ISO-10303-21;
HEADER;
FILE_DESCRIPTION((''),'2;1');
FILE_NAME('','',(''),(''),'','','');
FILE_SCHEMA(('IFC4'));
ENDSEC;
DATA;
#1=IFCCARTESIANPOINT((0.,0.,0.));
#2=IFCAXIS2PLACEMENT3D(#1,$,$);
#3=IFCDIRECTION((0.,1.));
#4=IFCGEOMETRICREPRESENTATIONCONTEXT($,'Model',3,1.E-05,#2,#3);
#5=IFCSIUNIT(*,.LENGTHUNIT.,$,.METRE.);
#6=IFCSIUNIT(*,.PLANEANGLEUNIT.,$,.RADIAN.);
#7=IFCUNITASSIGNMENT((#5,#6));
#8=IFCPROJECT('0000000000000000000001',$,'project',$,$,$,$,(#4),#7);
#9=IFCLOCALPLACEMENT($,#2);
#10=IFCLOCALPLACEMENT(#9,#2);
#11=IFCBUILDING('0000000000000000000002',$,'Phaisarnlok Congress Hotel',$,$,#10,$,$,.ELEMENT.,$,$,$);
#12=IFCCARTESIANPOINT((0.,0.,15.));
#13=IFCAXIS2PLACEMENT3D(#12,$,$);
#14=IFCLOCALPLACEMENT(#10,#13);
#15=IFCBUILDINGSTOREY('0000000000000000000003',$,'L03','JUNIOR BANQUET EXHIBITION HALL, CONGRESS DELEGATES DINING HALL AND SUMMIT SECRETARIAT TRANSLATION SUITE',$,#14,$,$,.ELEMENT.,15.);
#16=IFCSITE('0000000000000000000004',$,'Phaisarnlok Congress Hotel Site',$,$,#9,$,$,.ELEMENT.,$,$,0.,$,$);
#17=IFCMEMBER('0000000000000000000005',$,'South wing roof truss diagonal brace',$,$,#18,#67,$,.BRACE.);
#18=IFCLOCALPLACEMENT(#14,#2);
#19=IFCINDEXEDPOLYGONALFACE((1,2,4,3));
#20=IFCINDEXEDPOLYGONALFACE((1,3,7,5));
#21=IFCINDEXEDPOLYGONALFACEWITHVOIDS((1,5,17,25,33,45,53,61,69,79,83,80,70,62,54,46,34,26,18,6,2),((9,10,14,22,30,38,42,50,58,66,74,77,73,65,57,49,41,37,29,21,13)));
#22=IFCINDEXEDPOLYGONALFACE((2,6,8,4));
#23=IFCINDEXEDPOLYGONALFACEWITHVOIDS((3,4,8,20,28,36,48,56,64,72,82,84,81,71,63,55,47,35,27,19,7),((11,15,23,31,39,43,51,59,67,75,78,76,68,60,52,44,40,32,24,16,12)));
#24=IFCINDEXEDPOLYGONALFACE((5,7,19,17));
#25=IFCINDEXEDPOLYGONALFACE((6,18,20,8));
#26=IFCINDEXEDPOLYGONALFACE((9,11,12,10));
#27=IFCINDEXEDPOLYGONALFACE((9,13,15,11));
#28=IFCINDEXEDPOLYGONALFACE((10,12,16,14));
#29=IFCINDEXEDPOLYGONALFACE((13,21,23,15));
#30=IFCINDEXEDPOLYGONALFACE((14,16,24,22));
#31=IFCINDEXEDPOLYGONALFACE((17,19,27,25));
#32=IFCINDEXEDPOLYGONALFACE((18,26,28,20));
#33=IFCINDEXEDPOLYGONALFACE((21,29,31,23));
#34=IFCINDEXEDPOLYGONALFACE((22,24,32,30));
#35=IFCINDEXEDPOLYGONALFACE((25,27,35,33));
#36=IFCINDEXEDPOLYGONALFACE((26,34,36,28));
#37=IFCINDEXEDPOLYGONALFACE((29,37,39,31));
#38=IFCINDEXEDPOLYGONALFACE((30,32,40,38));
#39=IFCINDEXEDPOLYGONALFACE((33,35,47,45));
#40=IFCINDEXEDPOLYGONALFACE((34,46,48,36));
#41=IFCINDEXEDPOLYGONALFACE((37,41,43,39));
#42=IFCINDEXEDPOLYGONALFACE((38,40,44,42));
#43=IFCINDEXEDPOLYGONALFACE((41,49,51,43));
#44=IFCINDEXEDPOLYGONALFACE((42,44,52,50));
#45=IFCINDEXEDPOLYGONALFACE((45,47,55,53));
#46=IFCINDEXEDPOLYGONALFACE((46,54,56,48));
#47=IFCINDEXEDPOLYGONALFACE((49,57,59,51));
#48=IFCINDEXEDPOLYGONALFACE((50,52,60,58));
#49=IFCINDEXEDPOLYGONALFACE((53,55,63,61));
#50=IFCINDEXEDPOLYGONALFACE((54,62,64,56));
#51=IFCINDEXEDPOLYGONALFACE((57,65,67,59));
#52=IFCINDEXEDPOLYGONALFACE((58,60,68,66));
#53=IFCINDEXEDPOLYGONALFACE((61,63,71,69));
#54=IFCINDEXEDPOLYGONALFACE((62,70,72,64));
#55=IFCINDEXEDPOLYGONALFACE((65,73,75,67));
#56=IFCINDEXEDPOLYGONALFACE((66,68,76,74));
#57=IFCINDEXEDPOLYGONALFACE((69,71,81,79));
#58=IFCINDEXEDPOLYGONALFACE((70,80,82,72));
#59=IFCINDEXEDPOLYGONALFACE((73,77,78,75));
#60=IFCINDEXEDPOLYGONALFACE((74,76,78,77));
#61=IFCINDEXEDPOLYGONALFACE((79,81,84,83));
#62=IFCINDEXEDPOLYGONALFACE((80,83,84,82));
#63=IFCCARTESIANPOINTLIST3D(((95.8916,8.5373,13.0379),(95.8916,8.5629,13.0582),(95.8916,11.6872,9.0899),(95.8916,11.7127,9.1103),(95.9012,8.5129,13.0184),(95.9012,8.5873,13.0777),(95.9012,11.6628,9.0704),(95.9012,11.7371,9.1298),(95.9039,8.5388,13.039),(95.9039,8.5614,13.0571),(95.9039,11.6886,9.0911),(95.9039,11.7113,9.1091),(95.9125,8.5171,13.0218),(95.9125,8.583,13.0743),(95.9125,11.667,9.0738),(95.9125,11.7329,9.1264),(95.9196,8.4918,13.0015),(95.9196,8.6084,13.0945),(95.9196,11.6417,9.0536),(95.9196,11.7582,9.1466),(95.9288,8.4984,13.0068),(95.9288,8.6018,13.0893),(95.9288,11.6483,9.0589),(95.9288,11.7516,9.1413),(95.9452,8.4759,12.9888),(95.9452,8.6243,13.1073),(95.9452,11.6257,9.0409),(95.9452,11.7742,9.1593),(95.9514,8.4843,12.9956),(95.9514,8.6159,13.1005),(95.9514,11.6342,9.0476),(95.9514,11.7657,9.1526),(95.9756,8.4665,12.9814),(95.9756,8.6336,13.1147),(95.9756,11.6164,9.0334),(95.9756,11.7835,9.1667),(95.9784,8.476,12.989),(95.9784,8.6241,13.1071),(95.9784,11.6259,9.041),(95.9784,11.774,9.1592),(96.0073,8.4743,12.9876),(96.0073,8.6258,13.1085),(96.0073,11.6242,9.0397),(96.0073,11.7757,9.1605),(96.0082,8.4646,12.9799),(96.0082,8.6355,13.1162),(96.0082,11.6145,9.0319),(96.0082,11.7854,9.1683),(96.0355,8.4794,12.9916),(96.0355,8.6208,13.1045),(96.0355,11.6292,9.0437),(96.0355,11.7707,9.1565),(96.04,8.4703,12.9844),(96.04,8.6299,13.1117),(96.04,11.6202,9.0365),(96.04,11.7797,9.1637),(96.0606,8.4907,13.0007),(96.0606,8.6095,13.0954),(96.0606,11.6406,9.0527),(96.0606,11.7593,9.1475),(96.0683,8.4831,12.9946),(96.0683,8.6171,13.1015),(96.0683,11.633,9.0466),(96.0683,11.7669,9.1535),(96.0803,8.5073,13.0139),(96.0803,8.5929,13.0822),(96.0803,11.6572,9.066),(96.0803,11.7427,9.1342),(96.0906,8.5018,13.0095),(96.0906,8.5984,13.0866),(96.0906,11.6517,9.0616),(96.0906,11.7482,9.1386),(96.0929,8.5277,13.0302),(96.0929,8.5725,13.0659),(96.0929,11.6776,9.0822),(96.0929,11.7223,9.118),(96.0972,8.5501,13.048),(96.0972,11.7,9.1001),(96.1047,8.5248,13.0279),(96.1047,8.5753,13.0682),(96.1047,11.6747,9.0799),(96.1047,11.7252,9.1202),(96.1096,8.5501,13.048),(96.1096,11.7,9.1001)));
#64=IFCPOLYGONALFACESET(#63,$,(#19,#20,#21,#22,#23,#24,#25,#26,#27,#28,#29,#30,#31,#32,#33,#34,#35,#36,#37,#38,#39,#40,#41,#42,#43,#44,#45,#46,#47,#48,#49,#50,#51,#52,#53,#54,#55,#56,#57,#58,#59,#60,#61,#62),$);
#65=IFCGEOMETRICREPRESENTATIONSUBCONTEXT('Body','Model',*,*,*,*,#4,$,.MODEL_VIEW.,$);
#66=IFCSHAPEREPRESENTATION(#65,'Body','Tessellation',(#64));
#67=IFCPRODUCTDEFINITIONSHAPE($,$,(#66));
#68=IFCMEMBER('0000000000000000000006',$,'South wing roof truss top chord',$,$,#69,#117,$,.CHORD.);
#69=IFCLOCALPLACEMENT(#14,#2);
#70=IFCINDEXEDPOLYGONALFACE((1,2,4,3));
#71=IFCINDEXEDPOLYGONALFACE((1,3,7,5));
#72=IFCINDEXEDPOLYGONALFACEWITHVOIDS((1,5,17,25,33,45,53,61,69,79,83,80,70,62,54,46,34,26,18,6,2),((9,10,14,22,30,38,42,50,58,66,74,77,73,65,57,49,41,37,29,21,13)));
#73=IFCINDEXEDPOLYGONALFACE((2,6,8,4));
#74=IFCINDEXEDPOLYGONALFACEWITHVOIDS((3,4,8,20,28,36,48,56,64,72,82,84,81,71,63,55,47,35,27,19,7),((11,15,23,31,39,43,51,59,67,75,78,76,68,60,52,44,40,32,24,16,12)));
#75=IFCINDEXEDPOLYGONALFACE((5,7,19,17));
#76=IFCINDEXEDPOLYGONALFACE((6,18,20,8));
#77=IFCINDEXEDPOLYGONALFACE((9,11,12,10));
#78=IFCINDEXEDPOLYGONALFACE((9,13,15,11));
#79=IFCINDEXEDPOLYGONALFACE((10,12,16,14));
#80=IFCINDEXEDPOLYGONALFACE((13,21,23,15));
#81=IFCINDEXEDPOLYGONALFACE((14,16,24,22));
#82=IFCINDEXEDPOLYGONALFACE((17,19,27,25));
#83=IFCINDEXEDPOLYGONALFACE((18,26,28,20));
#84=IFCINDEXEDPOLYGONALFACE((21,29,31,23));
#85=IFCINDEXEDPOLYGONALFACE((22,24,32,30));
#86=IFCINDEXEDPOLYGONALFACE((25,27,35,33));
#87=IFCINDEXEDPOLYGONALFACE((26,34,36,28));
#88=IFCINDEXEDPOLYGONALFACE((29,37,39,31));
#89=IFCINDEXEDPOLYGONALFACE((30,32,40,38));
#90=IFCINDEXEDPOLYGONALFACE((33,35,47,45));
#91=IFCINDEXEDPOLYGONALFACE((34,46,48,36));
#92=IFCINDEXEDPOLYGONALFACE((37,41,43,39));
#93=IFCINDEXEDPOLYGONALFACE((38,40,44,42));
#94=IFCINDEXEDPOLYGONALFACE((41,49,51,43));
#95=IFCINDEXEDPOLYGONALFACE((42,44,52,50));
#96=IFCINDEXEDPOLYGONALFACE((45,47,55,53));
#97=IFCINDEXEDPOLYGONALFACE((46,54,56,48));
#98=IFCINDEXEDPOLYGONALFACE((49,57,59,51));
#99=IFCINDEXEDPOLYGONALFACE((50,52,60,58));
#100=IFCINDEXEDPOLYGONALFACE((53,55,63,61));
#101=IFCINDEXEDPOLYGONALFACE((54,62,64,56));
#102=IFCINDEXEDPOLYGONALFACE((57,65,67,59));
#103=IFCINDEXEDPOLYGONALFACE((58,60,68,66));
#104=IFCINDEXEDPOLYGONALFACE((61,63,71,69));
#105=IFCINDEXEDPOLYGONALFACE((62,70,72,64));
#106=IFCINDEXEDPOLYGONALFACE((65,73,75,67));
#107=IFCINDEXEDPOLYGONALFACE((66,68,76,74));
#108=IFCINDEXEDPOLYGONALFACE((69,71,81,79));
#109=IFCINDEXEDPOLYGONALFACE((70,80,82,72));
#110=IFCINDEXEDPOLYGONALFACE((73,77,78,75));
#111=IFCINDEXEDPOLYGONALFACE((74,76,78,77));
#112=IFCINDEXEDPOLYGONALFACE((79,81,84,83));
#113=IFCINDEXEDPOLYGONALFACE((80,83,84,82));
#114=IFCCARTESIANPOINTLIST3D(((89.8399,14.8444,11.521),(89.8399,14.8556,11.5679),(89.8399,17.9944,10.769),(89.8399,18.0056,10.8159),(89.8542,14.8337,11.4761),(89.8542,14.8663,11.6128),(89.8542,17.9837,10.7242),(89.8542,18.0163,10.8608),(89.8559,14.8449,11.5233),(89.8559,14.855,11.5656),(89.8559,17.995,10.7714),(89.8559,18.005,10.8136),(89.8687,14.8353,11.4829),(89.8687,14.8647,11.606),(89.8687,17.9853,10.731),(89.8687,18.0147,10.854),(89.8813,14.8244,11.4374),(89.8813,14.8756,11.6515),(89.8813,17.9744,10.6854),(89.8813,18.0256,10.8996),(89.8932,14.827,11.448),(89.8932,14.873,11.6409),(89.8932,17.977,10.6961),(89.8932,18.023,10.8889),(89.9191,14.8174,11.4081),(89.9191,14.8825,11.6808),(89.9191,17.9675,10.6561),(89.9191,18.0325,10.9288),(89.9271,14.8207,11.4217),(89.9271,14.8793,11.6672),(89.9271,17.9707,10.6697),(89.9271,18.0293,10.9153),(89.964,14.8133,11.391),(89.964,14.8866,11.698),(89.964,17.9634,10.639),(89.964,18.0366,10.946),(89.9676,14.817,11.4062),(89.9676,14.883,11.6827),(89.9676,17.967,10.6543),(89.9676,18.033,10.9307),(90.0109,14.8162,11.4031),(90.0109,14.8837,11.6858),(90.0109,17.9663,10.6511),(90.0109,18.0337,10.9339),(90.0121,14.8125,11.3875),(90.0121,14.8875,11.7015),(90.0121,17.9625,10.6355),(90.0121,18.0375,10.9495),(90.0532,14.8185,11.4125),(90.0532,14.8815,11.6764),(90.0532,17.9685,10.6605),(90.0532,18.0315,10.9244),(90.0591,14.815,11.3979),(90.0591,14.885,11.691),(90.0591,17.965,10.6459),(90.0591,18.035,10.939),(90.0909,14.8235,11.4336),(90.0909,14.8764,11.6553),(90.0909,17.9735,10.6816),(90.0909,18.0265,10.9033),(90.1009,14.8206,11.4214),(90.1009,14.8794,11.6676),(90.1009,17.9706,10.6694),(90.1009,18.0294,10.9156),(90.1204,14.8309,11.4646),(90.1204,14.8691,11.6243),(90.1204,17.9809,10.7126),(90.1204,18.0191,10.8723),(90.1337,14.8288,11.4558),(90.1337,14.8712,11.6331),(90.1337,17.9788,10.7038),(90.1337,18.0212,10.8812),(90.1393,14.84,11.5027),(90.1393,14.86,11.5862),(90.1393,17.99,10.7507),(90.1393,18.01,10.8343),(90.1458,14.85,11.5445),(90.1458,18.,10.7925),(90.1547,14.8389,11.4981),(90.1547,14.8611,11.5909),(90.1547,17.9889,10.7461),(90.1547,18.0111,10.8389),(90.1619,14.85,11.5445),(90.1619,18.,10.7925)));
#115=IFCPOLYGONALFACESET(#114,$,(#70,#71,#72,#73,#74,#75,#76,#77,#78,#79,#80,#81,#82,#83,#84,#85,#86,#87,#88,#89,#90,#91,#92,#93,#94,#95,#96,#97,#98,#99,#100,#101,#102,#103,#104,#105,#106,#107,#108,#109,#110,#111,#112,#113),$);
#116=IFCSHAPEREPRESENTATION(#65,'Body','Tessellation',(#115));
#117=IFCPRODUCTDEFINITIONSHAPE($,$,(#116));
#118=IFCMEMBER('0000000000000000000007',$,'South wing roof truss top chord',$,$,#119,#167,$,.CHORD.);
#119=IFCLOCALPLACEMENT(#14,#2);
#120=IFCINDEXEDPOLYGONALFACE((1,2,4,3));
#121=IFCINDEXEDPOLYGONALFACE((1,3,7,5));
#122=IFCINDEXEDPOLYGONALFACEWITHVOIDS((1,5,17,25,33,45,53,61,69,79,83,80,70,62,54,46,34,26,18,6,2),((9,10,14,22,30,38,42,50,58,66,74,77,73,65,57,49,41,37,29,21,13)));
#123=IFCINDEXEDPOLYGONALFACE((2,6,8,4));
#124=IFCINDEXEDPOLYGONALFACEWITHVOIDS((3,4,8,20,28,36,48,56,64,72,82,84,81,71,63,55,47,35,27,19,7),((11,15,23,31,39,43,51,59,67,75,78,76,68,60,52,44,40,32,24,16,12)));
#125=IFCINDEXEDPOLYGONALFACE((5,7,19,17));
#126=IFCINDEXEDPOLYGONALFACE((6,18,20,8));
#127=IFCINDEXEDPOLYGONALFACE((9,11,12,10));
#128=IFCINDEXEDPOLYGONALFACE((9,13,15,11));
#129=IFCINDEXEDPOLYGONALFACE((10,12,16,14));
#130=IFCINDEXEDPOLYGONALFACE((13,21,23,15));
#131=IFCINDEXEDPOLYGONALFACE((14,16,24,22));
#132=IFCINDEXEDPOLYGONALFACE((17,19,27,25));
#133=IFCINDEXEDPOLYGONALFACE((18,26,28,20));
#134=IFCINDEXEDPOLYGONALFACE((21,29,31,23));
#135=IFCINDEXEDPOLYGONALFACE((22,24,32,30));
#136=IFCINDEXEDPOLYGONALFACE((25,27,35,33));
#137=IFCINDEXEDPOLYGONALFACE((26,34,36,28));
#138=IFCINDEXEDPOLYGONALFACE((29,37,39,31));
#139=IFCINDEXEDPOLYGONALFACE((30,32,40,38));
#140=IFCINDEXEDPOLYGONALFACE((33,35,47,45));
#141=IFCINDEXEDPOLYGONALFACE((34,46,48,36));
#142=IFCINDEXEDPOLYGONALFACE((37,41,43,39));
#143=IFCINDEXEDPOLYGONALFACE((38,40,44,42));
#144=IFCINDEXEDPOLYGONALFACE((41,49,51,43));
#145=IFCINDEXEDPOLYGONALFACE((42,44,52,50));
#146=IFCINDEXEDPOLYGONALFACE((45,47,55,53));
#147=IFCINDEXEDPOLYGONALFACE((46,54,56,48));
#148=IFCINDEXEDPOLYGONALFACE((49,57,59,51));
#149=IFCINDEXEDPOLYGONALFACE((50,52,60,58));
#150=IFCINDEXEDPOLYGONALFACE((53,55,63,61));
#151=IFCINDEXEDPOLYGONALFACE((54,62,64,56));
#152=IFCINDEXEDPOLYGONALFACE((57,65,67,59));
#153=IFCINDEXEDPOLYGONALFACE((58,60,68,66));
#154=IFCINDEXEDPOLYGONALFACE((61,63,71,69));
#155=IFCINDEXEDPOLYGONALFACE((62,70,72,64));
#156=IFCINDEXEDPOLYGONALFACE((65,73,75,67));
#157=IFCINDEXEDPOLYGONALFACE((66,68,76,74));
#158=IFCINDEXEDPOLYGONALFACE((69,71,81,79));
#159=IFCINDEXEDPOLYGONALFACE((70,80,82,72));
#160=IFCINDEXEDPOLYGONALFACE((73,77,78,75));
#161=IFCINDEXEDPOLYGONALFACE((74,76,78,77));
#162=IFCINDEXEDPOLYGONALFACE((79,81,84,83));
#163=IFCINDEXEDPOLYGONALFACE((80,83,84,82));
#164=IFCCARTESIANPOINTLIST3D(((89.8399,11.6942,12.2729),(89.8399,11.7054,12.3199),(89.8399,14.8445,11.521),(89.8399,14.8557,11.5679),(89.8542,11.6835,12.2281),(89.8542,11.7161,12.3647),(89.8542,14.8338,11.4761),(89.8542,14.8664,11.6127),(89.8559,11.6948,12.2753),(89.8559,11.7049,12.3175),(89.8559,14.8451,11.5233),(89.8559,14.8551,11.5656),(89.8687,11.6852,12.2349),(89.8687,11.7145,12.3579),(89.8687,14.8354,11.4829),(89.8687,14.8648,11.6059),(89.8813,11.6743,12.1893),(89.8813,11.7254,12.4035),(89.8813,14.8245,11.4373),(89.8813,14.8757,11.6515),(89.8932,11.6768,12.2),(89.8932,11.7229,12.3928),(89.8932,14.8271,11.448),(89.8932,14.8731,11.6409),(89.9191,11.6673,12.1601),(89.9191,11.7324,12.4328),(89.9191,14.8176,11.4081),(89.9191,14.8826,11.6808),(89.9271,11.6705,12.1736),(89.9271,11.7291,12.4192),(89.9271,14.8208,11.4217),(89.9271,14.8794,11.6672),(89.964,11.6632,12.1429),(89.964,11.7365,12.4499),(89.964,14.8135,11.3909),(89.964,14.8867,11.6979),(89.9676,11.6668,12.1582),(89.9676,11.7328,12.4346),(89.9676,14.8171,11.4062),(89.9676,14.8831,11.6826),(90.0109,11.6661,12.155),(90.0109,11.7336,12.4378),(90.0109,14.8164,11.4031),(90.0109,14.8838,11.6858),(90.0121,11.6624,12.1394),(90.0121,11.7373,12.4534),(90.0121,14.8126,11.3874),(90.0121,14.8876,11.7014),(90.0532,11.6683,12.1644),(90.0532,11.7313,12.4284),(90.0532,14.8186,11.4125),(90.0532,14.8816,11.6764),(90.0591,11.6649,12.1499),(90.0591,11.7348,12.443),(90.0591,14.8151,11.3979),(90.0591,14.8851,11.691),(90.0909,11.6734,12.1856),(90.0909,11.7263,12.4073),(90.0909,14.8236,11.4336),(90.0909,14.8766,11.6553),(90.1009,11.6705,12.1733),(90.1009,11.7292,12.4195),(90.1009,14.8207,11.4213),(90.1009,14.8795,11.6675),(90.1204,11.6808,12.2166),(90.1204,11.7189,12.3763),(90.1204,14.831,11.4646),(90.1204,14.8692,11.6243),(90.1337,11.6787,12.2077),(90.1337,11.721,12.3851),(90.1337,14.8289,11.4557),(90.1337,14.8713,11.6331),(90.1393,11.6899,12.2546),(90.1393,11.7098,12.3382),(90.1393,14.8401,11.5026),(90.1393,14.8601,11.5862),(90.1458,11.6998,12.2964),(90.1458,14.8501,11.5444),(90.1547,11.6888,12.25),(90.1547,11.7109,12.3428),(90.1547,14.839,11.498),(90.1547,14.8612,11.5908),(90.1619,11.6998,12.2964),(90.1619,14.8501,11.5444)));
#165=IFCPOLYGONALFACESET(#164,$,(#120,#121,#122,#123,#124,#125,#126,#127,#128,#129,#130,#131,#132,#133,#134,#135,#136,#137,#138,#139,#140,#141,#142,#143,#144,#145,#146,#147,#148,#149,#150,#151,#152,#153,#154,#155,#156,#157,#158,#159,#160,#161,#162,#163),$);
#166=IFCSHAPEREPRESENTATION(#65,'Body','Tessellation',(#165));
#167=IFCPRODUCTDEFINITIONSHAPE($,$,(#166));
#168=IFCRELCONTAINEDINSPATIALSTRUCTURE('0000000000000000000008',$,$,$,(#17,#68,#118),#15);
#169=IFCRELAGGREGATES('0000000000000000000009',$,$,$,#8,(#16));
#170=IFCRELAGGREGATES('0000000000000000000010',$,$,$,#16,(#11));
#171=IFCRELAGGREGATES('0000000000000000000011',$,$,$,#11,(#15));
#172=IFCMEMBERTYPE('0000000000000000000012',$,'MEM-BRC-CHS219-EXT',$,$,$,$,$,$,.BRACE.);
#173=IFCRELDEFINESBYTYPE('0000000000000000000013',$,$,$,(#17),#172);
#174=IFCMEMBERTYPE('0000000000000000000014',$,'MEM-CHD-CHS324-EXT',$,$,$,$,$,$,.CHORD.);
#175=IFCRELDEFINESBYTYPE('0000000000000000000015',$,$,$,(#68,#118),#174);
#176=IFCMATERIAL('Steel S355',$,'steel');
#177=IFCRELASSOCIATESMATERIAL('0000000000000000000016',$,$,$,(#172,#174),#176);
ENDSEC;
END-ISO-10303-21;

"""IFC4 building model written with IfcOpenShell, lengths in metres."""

from ifc_helpers import new_model, si_unit, direction, frame, origin, origin_2d, place, context, subcontext, project, spatial, hollow_circle, extrude, material, material_profile, profile_set, type_object, element, save


model = new_model("IFC4")

# Units and contexts
model_context = context("Model", 3, precision=1e-05, world=origin(), true_north=direction((0.0, 1.0)))
body_context = subcontext(model_context, "Body", "Model", "MODEL_VIEW")
ifc_project = project(units=[si_unit("LENGTHUNIT", "METRE"), si_unit("PLANEANGLEUNIT", "RADIAN")], contexts=[model_context])

# Site, building, storey
site_placement = place(None, origin())
site = spatial("IfcSite", under=ifc_project, at=site_placement, Name="Phaisarnlok Congress Hotel Site", CompositionType="ELEMENT", RefElevation=0.0)
building_placement = place(site_placement, origin())
building = spatial("IfcBuilding", under=site, at=building_placement, Name="Phaisarnlok Congress Hotel", CompositionType="ELEMENT")
storey_placement = place(building_placement, frame((0.0, 0.0, 15.0)))
storey = spatial("IfcBuildingStorey", under=building, at=storey_placement, Name="L03", Description="JUNIOR BANQUET EXHIBITION HALL, CONGRESS DELEGATES DINING HALL AND SUMMIT SECRETARIAT TRANSLATION SUITE", CompositionType="ELEMENT", Elevation=15.0)

# Shared definitions
ifc_material_1 = material(Name="Steel S355", Category="steel")

# Members
ifc_material_profile_1 = material_profile(ifc_material_1, hollow_circle(Radius=0.1096, WallThickness=0.0125, at=origin_2d()), Name="CHS 219.1x12.5")
ifc_profile_set_1 = profile_set([ifc_material_profile_1], Name="Steel S355")
member_type_1 = type_object("IfcMemberType", Name="MEM-BRC-CHS219-EXT", PredefinedType="BRACE", material=ifc_profile_set_1)
member_1_placement = place(storey_placement, frame((96.0, 11.7, 9.1001), z_axis=(0.0, -0.623669, 0.781689), x_axis=(1.0, 0.0, 0.0)))
element("IfcMember", 1, at=member_1_placement, inside=storey, type_object=member_type_1, Name="South wing roof truss diagonal brace", PredefinedType="BRACE", context=body_context, shape_type="SweptSolid", body=[
    extrude(hollow_circle(Radius=0.1096, WallThickness=0.0125, at=origin_2d()), origin(), (0.0, 0.0, 1.0), 5.0505),
])
ifc_material_profile_2 = material_profile(ifc_material_1, hollow_circle(Radius=0.1619, WallThickness=0.0161, at=origin_2d()), Name="CHS 323.9x16")
ifc_profile_set_2 = profile_set([ifc_material_profile_2], Name="Steel S355")
member_type_2 = type_object("IfcMemberType", Name="MEM-CHD-CHS324-EXT", PredefinedType="CHORD", material=ifc_profile_set_2)
member_2_placement = place(storey_placement, frame((90.0, 18.0, 10.7925), z_axis=(0.0, -0.972669, 0.232198), x_axis=(1.0, 0.0, 0.0)))
element("IfcMember", 2, at=member_2_placement, inside=storey, type_object=member_type_2, Name="South wing roof truss top chord", PredefinedType="CHORD", context=body_context, shape_type="SweptSolid", body=[
    extrude(hollow_circle(Radius=0.1619, WallThickness=0.0161, at=origin_2d()), origin(), (0.0, 0.0, 1.0), 3.2385),
])
member_3_placement = place(storey_placement, frame((90.0, 14.8501, 11.5444), z_axis=(0.0, -0.972673, 0.232181), x_axis=(1.0, 0.0, 0.0)))
element("IfcMember", 3, at=member_3_placement, inside=storey, type_object=member_type_2, Name="South wing roof truss top chord", PredefinedType="CHORD", context=body_context, shape_type="SweptSolid", body=[
    extrude(hollow_circle(Radius=0.1619, WallThickness=0.0161, at=origin_2d()), origin(), (0.0, 0.0, 1.0), 3.2388),
])

save(model, "model.ifc")
